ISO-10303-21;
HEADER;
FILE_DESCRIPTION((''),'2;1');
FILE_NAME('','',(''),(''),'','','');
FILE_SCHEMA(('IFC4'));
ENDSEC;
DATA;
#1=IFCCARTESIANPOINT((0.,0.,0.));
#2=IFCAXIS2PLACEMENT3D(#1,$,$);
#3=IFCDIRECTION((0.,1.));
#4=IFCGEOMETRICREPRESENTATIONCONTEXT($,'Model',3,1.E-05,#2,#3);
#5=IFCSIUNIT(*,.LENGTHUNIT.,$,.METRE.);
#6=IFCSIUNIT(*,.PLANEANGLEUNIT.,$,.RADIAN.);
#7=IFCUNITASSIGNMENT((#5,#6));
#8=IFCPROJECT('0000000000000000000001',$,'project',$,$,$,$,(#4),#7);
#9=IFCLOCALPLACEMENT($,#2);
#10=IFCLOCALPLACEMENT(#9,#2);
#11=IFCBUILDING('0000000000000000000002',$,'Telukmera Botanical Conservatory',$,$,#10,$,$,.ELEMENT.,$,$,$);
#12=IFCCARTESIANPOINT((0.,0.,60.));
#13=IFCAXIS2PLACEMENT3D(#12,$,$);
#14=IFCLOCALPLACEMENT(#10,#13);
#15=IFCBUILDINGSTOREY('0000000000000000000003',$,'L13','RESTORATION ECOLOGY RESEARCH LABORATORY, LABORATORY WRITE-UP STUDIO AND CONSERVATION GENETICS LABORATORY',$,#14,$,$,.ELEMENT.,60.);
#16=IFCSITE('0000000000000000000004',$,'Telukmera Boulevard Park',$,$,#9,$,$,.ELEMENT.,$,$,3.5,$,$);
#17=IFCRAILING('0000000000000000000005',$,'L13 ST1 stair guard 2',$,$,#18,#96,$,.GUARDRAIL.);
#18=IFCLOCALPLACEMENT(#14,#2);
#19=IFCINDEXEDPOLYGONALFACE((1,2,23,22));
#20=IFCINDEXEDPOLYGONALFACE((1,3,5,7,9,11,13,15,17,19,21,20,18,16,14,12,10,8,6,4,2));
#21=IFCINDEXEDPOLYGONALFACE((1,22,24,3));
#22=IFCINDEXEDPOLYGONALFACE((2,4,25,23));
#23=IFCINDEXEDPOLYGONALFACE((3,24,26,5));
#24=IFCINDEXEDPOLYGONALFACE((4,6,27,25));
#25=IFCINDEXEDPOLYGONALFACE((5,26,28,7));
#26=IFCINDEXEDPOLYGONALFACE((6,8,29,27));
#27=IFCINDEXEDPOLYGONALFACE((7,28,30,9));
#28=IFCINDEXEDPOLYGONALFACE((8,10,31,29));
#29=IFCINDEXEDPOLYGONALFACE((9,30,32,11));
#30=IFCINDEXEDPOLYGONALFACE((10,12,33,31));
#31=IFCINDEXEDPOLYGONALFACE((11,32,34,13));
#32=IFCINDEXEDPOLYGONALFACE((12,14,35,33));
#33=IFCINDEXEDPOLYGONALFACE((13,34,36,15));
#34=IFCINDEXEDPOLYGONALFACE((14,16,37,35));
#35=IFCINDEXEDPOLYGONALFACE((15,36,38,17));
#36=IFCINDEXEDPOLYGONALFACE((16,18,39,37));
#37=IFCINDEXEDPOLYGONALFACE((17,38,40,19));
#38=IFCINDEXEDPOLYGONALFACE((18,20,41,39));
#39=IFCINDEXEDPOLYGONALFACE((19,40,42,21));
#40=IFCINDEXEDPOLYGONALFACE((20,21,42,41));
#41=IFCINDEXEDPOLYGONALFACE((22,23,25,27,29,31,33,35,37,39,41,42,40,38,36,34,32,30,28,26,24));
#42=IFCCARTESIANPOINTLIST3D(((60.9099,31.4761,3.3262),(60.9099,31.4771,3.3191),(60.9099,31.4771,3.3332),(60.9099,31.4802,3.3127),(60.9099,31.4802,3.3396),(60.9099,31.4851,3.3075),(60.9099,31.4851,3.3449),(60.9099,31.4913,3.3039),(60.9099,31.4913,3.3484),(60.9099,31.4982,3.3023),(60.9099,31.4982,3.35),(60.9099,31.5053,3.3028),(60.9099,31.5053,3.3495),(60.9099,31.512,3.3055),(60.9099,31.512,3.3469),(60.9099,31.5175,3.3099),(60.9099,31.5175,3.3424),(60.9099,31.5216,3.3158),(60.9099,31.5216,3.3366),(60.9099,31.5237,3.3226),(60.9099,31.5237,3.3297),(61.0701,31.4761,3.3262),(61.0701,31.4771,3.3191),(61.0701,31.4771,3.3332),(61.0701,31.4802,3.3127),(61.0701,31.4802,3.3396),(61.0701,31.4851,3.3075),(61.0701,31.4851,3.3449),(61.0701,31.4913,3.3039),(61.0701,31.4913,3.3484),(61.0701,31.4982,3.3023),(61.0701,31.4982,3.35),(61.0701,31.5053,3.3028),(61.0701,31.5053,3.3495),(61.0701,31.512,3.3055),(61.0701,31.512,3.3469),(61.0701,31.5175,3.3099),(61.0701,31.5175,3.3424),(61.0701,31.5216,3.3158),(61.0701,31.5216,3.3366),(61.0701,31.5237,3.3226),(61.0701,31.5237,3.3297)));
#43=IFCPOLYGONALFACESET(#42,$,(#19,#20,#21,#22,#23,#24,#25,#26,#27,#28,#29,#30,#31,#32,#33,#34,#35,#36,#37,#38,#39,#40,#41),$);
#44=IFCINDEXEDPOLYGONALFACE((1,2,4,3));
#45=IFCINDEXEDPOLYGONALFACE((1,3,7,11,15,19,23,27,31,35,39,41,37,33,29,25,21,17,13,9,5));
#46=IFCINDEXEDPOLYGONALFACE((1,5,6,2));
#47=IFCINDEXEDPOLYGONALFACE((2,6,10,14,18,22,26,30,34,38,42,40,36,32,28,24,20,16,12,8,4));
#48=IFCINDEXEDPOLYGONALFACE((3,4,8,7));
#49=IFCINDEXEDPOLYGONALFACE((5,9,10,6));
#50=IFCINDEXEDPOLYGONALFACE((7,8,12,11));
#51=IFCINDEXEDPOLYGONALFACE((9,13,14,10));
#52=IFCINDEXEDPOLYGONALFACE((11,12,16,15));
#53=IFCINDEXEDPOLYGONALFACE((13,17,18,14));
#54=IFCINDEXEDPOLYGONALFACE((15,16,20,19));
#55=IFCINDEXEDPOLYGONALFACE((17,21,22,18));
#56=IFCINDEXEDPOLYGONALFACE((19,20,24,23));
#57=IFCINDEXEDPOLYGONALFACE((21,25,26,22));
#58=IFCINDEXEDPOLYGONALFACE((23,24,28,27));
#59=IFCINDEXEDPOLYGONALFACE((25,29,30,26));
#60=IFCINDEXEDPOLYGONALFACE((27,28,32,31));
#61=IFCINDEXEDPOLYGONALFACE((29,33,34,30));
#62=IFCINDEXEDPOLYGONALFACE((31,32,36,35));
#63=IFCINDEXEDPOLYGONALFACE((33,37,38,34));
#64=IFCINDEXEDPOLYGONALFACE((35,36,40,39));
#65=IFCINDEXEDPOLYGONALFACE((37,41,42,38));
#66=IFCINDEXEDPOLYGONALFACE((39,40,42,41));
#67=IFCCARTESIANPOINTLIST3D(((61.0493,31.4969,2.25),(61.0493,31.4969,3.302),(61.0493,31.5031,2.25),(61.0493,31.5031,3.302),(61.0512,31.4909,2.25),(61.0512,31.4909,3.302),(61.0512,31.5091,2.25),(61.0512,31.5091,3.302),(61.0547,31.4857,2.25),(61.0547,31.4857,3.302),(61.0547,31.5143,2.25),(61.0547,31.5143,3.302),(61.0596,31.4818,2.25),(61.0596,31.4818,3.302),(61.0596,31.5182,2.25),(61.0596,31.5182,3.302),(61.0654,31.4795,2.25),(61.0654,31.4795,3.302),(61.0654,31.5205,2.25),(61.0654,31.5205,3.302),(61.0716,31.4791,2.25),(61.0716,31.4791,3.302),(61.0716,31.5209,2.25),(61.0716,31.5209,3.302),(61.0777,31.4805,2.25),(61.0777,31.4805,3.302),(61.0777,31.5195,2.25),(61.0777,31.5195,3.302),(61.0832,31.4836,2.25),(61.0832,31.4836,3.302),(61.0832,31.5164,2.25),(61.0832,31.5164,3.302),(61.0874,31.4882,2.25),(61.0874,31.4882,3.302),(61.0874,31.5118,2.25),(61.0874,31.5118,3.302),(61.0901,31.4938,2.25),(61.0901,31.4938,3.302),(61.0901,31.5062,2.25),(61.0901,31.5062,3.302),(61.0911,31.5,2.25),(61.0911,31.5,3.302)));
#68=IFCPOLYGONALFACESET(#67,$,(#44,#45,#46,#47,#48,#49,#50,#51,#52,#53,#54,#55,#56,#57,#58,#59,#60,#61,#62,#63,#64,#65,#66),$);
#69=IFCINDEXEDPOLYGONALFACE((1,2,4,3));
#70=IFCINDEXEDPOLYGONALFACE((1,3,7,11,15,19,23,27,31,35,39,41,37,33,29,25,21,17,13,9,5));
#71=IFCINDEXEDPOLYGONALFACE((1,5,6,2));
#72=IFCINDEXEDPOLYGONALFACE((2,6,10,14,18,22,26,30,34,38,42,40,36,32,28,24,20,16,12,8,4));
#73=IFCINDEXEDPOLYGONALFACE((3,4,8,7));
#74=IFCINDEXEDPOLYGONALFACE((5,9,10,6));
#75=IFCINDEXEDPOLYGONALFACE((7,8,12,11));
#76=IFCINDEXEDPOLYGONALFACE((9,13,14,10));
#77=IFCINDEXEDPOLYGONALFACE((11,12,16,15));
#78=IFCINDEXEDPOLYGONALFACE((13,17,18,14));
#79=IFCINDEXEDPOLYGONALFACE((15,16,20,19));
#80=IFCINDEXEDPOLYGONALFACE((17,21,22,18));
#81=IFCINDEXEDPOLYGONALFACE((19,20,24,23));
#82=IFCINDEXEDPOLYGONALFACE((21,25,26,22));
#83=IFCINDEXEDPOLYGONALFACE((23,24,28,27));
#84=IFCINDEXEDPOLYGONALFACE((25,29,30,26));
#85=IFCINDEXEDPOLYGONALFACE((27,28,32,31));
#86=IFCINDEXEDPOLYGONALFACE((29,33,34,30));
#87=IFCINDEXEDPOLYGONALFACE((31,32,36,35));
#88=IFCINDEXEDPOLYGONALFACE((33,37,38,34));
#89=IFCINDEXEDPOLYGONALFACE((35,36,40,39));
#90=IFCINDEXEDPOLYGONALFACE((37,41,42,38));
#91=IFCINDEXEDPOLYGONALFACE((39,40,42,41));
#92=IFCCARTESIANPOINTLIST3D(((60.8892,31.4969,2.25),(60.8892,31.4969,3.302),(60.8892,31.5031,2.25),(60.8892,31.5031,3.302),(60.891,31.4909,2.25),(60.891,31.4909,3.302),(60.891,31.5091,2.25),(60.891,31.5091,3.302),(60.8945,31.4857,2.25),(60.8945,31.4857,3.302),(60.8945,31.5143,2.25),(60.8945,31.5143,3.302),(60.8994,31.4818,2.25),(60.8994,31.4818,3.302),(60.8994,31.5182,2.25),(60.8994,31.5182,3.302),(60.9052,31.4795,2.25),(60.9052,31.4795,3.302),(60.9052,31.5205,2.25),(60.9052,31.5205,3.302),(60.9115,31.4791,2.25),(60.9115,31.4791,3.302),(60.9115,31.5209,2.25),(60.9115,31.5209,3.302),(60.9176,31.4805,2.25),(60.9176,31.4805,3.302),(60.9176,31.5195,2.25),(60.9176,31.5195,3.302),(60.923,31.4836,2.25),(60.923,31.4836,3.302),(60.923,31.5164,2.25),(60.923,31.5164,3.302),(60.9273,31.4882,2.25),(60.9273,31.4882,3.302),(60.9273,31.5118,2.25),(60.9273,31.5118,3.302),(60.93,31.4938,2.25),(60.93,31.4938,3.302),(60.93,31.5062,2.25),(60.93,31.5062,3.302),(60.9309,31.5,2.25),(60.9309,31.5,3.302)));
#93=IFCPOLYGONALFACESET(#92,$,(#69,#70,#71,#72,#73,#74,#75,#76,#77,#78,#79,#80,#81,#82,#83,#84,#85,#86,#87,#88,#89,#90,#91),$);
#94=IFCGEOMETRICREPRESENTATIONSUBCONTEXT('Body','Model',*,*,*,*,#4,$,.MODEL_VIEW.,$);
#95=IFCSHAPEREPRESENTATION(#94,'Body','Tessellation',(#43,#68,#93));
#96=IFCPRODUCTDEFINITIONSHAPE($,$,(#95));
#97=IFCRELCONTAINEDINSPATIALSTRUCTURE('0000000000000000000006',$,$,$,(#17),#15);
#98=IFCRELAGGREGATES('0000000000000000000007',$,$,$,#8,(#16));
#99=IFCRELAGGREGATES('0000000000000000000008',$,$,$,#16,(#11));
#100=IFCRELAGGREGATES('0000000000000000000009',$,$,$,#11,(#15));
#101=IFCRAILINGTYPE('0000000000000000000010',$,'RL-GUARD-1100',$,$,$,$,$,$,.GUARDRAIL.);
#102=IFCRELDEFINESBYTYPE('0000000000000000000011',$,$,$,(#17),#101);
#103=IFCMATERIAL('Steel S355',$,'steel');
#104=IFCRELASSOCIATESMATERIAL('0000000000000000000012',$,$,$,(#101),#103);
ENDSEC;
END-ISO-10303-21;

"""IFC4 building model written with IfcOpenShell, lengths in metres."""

from ifc_helpers import new_model, si_unit, direction, frame, origin, origin_2d, place, context, subcontext, project, spatial, circle, extrude, material, type_object, element, save


model = new_model("IFC4")

# Units and contexts
model_context = context("Model", 3, precision=1e-05, world=origin(), true_north=direction((0.0, 1.0)))
body_context = subcontext(model_context, "Body", "Model", "MODEL_VIEW")
ifc_project = project(units=[si_unit("LENGTHUNIT", "METRE"), si_unit("PLANEANGLEUNIT", "RADIAN")], contexts=[model_context])

# Site, building, storey
site_placement = place(None, origin())
site = spatial("IfcSite", under=ifc_project, at=site_placement, Name="Telukmera Boulevard Park", CompositionType="ELEMENT", RefElevation=3.5)
building_placement = place(site_placement, origin())
building = spatial("IfcBuilding", under=site, at=building_placement, Name="Telukmera Botanical Conservatory", CompositionType="ELEMENT")
storey_placement = place(building_placement, frame((0.0, 0.0, 60.0)))
storey = spatial("IfcBuildingStorey", under=building, at=storey_placement, Name="L13", Description="RESTORATION ECOLOGY RESEARCH LABORATORY, LABORATORY WRITE-UP STUDIO AND CONSERVATION GENETICS LABORATORY", CompositionType="ELEMENT", Elevation=60.0)

# Railing
ifc_material_1 = material(Name="Steel S355", Category="steel")
railing_type_1 = type_object("IfcRailingType", Name="RL-GUARD-1100", PredefinedType="GUARDRAIL", material=ifc_material_1)
railing_1_placement = place(storey_placement, frame((61.0701, 31.5, 2.25)))
element("IfcRailing", 1, at=railing_1_placement, inside=storey, type_object=railing_type_1, Name="L13 ST1 stair guard 2", PredefinedType="GUARDRAIL", context=body_context, shape_type="SweptSolid", body=[
    extrude(circle(Radius=0.0239, at=origin_2d()), frame((0.0, 0.0, 1.0762), z_axis=(-1.0, 0.0, 0.0), x_axis=(0.0, -1.0, 0.0)), (0.0, 0.0, 1.0), 0.1602),
    extrude(circle(Radius=0.021, at=origin_2d()), origin(), (0.0, 0.0, 1.0), 1.052),
    extrude(circle(Radius=0.021, at=origin_2d()), frame((-0.1602, 0.0, 0.0)), (0.0, 0.0, 1.0), 1.052),
])

save(model, "model.ifc")
